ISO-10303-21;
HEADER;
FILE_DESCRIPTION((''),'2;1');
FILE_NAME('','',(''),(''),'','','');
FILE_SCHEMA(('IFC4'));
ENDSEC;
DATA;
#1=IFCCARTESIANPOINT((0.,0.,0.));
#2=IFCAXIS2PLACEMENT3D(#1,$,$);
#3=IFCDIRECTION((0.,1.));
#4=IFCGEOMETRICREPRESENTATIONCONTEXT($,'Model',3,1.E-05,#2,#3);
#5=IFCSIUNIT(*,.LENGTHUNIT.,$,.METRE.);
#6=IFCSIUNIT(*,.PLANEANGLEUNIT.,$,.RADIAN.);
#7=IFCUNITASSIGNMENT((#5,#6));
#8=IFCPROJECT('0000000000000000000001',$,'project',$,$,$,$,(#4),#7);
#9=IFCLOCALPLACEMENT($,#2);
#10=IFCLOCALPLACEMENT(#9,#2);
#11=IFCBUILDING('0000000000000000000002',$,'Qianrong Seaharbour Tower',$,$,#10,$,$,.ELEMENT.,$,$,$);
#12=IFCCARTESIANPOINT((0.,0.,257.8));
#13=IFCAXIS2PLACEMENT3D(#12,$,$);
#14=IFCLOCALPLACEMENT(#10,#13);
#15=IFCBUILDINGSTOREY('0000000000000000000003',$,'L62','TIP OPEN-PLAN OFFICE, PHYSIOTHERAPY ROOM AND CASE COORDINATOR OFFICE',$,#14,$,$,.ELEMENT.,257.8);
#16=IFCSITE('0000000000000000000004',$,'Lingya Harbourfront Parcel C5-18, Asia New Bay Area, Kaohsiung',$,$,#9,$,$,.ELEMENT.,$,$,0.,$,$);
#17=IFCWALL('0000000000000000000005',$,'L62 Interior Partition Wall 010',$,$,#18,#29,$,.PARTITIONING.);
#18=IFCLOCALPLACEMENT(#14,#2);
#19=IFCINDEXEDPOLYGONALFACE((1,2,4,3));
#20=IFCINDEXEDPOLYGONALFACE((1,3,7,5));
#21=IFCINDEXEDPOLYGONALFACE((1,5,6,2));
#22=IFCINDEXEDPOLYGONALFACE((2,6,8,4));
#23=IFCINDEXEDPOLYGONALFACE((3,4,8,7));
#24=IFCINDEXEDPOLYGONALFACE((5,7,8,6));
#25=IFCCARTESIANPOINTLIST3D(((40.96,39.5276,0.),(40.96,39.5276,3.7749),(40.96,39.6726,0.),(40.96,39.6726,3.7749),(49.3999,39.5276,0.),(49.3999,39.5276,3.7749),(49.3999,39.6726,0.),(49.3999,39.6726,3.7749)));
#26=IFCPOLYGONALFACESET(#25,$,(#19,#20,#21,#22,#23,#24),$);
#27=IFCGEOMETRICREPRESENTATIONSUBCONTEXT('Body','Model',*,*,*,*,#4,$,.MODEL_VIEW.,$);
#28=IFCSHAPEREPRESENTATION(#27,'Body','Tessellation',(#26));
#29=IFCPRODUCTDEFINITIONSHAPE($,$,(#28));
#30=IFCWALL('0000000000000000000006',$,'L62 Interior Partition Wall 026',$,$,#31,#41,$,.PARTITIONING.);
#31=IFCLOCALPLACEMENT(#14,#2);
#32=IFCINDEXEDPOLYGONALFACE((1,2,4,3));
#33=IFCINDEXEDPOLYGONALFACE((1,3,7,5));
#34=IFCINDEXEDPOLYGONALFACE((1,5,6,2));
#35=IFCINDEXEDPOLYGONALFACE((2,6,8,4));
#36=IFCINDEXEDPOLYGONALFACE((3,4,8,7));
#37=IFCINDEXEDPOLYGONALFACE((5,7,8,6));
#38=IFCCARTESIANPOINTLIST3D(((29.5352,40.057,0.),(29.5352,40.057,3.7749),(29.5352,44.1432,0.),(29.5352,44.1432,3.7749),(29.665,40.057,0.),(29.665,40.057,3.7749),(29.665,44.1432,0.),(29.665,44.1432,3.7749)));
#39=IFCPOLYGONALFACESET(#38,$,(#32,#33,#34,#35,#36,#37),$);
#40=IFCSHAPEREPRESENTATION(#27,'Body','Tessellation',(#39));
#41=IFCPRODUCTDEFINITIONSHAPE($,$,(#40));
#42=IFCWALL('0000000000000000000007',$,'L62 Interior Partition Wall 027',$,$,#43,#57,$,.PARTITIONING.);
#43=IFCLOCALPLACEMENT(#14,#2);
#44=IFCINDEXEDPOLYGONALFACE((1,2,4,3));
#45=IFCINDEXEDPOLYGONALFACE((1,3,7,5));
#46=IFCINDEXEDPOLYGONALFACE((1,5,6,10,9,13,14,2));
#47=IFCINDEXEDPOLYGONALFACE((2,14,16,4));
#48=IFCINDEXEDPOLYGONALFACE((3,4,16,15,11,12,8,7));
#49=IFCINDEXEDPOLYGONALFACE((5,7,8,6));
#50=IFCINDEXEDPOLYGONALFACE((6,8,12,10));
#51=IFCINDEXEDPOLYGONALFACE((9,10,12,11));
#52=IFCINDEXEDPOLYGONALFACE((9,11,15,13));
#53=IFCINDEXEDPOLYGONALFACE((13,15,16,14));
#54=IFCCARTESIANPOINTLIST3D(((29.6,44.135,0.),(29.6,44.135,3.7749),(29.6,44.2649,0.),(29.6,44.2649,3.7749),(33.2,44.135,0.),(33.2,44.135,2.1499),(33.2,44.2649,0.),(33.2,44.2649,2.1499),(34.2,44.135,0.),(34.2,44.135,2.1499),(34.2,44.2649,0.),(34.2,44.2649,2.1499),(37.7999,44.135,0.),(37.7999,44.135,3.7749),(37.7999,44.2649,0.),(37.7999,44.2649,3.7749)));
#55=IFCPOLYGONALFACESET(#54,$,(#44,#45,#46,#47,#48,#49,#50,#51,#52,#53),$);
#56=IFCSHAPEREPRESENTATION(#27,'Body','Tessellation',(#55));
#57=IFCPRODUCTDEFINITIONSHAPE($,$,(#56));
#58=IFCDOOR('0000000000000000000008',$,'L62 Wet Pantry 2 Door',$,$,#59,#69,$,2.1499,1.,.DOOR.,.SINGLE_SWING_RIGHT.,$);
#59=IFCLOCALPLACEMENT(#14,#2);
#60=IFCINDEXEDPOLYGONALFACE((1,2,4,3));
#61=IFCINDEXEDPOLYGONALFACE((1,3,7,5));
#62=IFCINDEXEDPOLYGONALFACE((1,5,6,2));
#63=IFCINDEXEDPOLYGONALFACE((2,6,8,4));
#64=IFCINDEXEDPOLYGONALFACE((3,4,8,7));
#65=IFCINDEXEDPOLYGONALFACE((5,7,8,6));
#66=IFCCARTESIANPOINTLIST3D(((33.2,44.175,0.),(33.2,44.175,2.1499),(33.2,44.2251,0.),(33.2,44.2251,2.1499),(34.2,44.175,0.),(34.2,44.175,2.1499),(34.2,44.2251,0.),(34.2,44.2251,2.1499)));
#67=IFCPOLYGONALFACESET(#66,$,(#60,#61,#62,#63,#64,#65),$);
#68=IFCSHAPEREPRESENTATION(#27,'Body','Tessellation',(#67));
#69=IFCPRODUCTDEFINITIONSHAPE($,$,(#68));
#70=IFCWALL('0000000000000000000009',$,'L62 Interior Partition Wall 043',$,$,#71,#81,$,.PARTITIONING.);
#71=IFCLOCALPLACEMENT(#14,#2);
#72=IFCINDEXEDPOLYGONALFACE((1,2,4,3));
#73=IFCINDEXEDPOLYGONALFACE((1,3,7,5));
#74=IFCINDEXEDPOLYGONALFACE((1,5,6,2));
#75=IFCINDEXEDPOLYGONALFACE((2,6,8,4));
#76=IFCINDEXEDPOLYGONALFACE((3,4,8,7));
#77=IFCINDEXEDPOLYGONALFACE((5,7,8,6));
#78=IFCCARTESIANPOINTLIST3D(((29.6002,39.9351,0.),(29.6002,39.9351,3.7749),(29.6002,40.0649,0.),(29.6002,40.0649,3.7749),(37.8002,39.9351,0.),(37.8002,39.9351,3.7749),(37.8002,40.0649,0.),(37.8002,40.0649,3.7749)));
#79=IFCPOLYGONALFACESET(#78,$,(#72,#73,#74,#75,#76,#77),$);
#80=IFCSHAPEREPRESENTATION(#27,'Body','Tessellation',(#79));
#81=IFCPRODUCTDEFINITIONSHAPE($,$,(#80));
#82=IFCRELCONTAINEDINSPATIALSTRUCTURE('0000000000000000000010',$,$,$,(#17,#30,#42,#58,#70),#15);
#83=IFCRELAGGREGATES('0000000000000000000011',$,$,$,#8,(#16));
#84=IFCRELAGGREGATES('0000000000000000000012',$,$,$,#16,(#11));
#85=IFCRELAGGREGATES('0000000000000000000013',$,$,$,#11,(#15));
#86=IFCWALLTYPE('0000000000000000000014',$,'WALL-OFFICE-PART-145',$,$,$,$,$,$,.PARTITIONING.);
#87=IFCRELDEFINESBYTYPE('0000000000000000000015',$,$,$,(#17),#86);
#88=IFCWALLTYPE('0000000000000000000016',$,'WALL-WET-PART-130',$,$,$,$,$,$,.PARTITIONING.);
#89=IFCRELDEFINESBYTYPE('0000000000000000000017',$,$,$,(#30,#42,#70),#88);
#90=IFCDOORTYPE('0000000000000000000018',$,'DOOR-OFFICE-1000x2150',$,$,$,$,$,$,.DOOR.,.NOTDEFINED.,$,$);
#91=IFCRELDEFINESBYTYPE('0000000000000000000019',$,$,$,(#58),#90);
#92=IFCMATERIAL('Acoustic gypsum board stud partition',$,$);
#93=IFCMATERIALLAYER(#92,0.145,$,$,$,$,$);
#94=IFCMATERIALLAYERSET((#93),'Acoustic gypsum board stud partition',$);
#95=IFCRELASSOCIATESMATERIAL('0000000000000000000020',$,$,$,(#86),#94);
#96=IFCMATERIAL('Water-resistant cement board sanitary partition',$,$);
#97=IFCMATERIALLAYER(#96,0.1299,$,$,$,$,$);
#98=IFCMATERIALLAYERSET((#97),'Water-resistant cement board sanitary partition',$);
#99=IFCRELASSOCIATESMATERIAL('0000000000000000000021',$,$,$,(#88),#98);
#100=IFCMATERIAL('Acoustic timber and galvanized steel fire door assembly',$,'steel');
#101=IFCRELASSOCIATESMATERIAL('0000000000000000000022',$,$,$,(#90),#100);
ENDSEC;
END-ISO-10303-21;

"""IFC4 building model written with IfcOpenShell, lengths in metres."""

from ifc_helpers import new_model, si_unit, direction, frame, frame_2d, origin, place, context, subcontext, project, spatial, rectangle, extrude, material, layer, layer_set, type_object, element, fill, save


model = new_model("IFC4")

# Units and contexts
model_context = context("Model", 3, precision=1e-05, world=origin(), true_north=direction((0.0, 1.0)))
body_context = subcontext(model_context, "Body", "Model", "MODEL_VIEW")
ifc_project = project(units=[si_unit("LENGTHUNIT", "METRE"), si_unit("PLANEANGLEUNIT", "RADIAN")], contexts=[model_context])

# Site, building, storey
site_placement = place(None, origin())
site = spatial("IfcSite", under=ifc_project, at=site_placement, Name="Lingya Harbourfront Parcel C5-18, Asia New Bay Area, Kaohsiung", CompositionType="ELEMENT", RefElevation=0.0)
building_placement = place(site_placement, origin())
building = spatial("IfcBuilding", under=site, at=building_placement, Name="Qianrong Seaharbour Tower", CompositionType="ELEMENT")
storey_placement = place(building_placement, frame((0.0, 0.0, 257.8)))
storey = spatial("IfcBuildingStorey", under=building, at=storey_placement, Name="L62", Description="TIP OPEN-PLAN OFFICE, PHYSIOTHERAPY ROOM AND CASE COORDINATOR OFFICE", CompositionType="ELEMENT", Elevation=257.8)

# Shared definitions
ifc_material_1 = material(Name="Acoustic timber and galvanized steel fire door assembly", Category="steel")

# Walls
ifc_material_2 = material(Name="Acoustic gypsum board stud partition")
ifc_layer_1 = layer(ifc_material_2, 0.145)
ifc_layer_set_1 = layer_set([ifc_layer_1], Name="Acoustic gypsum board stud partition")
wall_type_1 = type_object("IfcWallType", Name="WALL-OFFICE-PART-145", PredefinedType="PARTITIONING", material=ifc_layer_set_1)
wall_1_placement = place(storey_placement, frame((40.96, 39.6001, 0.0), z_axis=(0.0, 0.0, 1.0), x_axis=(1.0, 0.0, 0.0)))
element("IfcWall", 1, at=wall_1_placement, inside=storey, type_object=wall_type_1, Name="L62 Interior Partition Wall 010", PredefinedType="PARTITIONING", context=body_context, shape_type="SweptSolid", body=[
    extrude(rectangle(XDim=8.4399, YDim=0.145, at=frame_2d((4.22, 0.0))), origin(), (0.0, 0.0, 1.0), 3.7749),
])
ifc_material_3 = material(Name="Water-resistant cement board sanitary partition")
ifc_layer_2 = layer(ifc_material_3, 0.1299)
ifc_layer_set_2 = layer_set([ifc_layer_2], Name="Water-resistant cement board sanitary partition")
wall_type_2 = type_object("IfcWallType", Name="WALL-WET-PART-130", PredefinedType="PARTITIONING", material=ifc_layer_set_2)
wall_2_placement = place(storey_placement, frame((29.6001, 44.1431, 0.0), z_axis=(0.0, 0.0, 1.0), x_axis=(0.0, -1.0, 0.0)))
element("IfcWall", 2, at=wall_2_placement, inside=storey, type_object=wall_type_2, Name="L62 Interior Partition Wall 026", PredefinedType="PARTITIONING", context=body_context, shape_type="SweptSolid", body=[
    extrude(rectangle(XDim=4.0862, YDim=0.1299, at=frame_2d((2.043, 0.0))), origin(), (0.0, 0.0, 1.0), 3.7749),
])

# Wall, opening, door
wall_3_placement = place(storey_placement, frame((37.8, 44.2, 0.0), z_axis=(0.0, 0.0, 1.0), x_axis=(-1.0, 0.0, 0.0)))
wall_3 = element("IfcWall", 3, at=wall_3_placement, inside=storey, type_object=wall_type_2, Name="L62 Interior Partition Wall 027", PredefinedType="PARTITIONING", context=body_context, shape_type="SweptSolid", body=[
    extrude(rectangle(XDim=8.2, YDim=0.1299, at=frame_2d((4.1001, 0.0))), origin(), (0.0, 0.0, 1.0), 3.7749),
])
opening_1_placement = place(wall_3_placement, frame((3.6001, 0.0, 0.0)))
opening_1 = element("IfcOpeningElement", 4, at=opening_1_placement, cuts=wall_3, PredefinedType="OPENING", context=body_context, shape_type="SweptSolid", body=[
    extrude(rectangle(XDim=1.0, YDim=2.1499, at=frame_2d((0.5, 1.075))), frame((0.0, 0.075, 0.0), z_axis=(0.0, -1.0, 0.0), x_axis=(1.0, 0.0, 0.0)), (0.0, 0.0, 1.0), 0.1499),
])
door_type_1 = type_object("IfcDoorType", Name="DOOR-OFFICE-1000x2150", OperationType="NOTDEFINED", PredefinedType="DOOR", material=ifc_material_1)
door_1_placement = place(opening_1_placement, origin())
door_1 = element("IfcDoor", 5, at=door_1_placement, inside=storey, type_object=door_type_1, Name="L62 Wet Pantry 2 Door", OperationType="SINGLE_SWING_RIGHT", OverallHeight=2.1499, OverallWidth=1.0, PredefinedType="DOOR", context=body_context, shape_type="SweptSolid", body=[
    extrude(rectangle(XDim=1.0, YDim=2.1499, at=frame_2d((0.5, 1.075))), frame((0.0, 0.0249, 0.0), z_axis=(0.0, -1.0, 0.0), x_axis=(1.0, 0.0, 0.0)), (0.0, 0.0, 1.0), 0.05),
])
fill(opening_1, door_1)

# Wall
wall_4_placement = place(storey_placement, frame((29.6001, 40.0, 0.0), z_axis=(0.0, 0.0, 1.0), x_axis=(1.0, 0.0, 0.0)))
element("IfcWall", 6, at=wall_4_placement, inside=storey, type_object=wall_type_2, Name="L62 Interior Partition Wall 043", PredefinedType="PARTITIONING", context=body_context, shape_type="SweptSolid", body=[
    extrude(rectangle(XDim=8.2, YDim=0.1299, at=frame_2d((4.1001, 0.0))), origin(), (0.0, 0.0, 1.0), 3.7749),
])

save(model, "model.ifc")
